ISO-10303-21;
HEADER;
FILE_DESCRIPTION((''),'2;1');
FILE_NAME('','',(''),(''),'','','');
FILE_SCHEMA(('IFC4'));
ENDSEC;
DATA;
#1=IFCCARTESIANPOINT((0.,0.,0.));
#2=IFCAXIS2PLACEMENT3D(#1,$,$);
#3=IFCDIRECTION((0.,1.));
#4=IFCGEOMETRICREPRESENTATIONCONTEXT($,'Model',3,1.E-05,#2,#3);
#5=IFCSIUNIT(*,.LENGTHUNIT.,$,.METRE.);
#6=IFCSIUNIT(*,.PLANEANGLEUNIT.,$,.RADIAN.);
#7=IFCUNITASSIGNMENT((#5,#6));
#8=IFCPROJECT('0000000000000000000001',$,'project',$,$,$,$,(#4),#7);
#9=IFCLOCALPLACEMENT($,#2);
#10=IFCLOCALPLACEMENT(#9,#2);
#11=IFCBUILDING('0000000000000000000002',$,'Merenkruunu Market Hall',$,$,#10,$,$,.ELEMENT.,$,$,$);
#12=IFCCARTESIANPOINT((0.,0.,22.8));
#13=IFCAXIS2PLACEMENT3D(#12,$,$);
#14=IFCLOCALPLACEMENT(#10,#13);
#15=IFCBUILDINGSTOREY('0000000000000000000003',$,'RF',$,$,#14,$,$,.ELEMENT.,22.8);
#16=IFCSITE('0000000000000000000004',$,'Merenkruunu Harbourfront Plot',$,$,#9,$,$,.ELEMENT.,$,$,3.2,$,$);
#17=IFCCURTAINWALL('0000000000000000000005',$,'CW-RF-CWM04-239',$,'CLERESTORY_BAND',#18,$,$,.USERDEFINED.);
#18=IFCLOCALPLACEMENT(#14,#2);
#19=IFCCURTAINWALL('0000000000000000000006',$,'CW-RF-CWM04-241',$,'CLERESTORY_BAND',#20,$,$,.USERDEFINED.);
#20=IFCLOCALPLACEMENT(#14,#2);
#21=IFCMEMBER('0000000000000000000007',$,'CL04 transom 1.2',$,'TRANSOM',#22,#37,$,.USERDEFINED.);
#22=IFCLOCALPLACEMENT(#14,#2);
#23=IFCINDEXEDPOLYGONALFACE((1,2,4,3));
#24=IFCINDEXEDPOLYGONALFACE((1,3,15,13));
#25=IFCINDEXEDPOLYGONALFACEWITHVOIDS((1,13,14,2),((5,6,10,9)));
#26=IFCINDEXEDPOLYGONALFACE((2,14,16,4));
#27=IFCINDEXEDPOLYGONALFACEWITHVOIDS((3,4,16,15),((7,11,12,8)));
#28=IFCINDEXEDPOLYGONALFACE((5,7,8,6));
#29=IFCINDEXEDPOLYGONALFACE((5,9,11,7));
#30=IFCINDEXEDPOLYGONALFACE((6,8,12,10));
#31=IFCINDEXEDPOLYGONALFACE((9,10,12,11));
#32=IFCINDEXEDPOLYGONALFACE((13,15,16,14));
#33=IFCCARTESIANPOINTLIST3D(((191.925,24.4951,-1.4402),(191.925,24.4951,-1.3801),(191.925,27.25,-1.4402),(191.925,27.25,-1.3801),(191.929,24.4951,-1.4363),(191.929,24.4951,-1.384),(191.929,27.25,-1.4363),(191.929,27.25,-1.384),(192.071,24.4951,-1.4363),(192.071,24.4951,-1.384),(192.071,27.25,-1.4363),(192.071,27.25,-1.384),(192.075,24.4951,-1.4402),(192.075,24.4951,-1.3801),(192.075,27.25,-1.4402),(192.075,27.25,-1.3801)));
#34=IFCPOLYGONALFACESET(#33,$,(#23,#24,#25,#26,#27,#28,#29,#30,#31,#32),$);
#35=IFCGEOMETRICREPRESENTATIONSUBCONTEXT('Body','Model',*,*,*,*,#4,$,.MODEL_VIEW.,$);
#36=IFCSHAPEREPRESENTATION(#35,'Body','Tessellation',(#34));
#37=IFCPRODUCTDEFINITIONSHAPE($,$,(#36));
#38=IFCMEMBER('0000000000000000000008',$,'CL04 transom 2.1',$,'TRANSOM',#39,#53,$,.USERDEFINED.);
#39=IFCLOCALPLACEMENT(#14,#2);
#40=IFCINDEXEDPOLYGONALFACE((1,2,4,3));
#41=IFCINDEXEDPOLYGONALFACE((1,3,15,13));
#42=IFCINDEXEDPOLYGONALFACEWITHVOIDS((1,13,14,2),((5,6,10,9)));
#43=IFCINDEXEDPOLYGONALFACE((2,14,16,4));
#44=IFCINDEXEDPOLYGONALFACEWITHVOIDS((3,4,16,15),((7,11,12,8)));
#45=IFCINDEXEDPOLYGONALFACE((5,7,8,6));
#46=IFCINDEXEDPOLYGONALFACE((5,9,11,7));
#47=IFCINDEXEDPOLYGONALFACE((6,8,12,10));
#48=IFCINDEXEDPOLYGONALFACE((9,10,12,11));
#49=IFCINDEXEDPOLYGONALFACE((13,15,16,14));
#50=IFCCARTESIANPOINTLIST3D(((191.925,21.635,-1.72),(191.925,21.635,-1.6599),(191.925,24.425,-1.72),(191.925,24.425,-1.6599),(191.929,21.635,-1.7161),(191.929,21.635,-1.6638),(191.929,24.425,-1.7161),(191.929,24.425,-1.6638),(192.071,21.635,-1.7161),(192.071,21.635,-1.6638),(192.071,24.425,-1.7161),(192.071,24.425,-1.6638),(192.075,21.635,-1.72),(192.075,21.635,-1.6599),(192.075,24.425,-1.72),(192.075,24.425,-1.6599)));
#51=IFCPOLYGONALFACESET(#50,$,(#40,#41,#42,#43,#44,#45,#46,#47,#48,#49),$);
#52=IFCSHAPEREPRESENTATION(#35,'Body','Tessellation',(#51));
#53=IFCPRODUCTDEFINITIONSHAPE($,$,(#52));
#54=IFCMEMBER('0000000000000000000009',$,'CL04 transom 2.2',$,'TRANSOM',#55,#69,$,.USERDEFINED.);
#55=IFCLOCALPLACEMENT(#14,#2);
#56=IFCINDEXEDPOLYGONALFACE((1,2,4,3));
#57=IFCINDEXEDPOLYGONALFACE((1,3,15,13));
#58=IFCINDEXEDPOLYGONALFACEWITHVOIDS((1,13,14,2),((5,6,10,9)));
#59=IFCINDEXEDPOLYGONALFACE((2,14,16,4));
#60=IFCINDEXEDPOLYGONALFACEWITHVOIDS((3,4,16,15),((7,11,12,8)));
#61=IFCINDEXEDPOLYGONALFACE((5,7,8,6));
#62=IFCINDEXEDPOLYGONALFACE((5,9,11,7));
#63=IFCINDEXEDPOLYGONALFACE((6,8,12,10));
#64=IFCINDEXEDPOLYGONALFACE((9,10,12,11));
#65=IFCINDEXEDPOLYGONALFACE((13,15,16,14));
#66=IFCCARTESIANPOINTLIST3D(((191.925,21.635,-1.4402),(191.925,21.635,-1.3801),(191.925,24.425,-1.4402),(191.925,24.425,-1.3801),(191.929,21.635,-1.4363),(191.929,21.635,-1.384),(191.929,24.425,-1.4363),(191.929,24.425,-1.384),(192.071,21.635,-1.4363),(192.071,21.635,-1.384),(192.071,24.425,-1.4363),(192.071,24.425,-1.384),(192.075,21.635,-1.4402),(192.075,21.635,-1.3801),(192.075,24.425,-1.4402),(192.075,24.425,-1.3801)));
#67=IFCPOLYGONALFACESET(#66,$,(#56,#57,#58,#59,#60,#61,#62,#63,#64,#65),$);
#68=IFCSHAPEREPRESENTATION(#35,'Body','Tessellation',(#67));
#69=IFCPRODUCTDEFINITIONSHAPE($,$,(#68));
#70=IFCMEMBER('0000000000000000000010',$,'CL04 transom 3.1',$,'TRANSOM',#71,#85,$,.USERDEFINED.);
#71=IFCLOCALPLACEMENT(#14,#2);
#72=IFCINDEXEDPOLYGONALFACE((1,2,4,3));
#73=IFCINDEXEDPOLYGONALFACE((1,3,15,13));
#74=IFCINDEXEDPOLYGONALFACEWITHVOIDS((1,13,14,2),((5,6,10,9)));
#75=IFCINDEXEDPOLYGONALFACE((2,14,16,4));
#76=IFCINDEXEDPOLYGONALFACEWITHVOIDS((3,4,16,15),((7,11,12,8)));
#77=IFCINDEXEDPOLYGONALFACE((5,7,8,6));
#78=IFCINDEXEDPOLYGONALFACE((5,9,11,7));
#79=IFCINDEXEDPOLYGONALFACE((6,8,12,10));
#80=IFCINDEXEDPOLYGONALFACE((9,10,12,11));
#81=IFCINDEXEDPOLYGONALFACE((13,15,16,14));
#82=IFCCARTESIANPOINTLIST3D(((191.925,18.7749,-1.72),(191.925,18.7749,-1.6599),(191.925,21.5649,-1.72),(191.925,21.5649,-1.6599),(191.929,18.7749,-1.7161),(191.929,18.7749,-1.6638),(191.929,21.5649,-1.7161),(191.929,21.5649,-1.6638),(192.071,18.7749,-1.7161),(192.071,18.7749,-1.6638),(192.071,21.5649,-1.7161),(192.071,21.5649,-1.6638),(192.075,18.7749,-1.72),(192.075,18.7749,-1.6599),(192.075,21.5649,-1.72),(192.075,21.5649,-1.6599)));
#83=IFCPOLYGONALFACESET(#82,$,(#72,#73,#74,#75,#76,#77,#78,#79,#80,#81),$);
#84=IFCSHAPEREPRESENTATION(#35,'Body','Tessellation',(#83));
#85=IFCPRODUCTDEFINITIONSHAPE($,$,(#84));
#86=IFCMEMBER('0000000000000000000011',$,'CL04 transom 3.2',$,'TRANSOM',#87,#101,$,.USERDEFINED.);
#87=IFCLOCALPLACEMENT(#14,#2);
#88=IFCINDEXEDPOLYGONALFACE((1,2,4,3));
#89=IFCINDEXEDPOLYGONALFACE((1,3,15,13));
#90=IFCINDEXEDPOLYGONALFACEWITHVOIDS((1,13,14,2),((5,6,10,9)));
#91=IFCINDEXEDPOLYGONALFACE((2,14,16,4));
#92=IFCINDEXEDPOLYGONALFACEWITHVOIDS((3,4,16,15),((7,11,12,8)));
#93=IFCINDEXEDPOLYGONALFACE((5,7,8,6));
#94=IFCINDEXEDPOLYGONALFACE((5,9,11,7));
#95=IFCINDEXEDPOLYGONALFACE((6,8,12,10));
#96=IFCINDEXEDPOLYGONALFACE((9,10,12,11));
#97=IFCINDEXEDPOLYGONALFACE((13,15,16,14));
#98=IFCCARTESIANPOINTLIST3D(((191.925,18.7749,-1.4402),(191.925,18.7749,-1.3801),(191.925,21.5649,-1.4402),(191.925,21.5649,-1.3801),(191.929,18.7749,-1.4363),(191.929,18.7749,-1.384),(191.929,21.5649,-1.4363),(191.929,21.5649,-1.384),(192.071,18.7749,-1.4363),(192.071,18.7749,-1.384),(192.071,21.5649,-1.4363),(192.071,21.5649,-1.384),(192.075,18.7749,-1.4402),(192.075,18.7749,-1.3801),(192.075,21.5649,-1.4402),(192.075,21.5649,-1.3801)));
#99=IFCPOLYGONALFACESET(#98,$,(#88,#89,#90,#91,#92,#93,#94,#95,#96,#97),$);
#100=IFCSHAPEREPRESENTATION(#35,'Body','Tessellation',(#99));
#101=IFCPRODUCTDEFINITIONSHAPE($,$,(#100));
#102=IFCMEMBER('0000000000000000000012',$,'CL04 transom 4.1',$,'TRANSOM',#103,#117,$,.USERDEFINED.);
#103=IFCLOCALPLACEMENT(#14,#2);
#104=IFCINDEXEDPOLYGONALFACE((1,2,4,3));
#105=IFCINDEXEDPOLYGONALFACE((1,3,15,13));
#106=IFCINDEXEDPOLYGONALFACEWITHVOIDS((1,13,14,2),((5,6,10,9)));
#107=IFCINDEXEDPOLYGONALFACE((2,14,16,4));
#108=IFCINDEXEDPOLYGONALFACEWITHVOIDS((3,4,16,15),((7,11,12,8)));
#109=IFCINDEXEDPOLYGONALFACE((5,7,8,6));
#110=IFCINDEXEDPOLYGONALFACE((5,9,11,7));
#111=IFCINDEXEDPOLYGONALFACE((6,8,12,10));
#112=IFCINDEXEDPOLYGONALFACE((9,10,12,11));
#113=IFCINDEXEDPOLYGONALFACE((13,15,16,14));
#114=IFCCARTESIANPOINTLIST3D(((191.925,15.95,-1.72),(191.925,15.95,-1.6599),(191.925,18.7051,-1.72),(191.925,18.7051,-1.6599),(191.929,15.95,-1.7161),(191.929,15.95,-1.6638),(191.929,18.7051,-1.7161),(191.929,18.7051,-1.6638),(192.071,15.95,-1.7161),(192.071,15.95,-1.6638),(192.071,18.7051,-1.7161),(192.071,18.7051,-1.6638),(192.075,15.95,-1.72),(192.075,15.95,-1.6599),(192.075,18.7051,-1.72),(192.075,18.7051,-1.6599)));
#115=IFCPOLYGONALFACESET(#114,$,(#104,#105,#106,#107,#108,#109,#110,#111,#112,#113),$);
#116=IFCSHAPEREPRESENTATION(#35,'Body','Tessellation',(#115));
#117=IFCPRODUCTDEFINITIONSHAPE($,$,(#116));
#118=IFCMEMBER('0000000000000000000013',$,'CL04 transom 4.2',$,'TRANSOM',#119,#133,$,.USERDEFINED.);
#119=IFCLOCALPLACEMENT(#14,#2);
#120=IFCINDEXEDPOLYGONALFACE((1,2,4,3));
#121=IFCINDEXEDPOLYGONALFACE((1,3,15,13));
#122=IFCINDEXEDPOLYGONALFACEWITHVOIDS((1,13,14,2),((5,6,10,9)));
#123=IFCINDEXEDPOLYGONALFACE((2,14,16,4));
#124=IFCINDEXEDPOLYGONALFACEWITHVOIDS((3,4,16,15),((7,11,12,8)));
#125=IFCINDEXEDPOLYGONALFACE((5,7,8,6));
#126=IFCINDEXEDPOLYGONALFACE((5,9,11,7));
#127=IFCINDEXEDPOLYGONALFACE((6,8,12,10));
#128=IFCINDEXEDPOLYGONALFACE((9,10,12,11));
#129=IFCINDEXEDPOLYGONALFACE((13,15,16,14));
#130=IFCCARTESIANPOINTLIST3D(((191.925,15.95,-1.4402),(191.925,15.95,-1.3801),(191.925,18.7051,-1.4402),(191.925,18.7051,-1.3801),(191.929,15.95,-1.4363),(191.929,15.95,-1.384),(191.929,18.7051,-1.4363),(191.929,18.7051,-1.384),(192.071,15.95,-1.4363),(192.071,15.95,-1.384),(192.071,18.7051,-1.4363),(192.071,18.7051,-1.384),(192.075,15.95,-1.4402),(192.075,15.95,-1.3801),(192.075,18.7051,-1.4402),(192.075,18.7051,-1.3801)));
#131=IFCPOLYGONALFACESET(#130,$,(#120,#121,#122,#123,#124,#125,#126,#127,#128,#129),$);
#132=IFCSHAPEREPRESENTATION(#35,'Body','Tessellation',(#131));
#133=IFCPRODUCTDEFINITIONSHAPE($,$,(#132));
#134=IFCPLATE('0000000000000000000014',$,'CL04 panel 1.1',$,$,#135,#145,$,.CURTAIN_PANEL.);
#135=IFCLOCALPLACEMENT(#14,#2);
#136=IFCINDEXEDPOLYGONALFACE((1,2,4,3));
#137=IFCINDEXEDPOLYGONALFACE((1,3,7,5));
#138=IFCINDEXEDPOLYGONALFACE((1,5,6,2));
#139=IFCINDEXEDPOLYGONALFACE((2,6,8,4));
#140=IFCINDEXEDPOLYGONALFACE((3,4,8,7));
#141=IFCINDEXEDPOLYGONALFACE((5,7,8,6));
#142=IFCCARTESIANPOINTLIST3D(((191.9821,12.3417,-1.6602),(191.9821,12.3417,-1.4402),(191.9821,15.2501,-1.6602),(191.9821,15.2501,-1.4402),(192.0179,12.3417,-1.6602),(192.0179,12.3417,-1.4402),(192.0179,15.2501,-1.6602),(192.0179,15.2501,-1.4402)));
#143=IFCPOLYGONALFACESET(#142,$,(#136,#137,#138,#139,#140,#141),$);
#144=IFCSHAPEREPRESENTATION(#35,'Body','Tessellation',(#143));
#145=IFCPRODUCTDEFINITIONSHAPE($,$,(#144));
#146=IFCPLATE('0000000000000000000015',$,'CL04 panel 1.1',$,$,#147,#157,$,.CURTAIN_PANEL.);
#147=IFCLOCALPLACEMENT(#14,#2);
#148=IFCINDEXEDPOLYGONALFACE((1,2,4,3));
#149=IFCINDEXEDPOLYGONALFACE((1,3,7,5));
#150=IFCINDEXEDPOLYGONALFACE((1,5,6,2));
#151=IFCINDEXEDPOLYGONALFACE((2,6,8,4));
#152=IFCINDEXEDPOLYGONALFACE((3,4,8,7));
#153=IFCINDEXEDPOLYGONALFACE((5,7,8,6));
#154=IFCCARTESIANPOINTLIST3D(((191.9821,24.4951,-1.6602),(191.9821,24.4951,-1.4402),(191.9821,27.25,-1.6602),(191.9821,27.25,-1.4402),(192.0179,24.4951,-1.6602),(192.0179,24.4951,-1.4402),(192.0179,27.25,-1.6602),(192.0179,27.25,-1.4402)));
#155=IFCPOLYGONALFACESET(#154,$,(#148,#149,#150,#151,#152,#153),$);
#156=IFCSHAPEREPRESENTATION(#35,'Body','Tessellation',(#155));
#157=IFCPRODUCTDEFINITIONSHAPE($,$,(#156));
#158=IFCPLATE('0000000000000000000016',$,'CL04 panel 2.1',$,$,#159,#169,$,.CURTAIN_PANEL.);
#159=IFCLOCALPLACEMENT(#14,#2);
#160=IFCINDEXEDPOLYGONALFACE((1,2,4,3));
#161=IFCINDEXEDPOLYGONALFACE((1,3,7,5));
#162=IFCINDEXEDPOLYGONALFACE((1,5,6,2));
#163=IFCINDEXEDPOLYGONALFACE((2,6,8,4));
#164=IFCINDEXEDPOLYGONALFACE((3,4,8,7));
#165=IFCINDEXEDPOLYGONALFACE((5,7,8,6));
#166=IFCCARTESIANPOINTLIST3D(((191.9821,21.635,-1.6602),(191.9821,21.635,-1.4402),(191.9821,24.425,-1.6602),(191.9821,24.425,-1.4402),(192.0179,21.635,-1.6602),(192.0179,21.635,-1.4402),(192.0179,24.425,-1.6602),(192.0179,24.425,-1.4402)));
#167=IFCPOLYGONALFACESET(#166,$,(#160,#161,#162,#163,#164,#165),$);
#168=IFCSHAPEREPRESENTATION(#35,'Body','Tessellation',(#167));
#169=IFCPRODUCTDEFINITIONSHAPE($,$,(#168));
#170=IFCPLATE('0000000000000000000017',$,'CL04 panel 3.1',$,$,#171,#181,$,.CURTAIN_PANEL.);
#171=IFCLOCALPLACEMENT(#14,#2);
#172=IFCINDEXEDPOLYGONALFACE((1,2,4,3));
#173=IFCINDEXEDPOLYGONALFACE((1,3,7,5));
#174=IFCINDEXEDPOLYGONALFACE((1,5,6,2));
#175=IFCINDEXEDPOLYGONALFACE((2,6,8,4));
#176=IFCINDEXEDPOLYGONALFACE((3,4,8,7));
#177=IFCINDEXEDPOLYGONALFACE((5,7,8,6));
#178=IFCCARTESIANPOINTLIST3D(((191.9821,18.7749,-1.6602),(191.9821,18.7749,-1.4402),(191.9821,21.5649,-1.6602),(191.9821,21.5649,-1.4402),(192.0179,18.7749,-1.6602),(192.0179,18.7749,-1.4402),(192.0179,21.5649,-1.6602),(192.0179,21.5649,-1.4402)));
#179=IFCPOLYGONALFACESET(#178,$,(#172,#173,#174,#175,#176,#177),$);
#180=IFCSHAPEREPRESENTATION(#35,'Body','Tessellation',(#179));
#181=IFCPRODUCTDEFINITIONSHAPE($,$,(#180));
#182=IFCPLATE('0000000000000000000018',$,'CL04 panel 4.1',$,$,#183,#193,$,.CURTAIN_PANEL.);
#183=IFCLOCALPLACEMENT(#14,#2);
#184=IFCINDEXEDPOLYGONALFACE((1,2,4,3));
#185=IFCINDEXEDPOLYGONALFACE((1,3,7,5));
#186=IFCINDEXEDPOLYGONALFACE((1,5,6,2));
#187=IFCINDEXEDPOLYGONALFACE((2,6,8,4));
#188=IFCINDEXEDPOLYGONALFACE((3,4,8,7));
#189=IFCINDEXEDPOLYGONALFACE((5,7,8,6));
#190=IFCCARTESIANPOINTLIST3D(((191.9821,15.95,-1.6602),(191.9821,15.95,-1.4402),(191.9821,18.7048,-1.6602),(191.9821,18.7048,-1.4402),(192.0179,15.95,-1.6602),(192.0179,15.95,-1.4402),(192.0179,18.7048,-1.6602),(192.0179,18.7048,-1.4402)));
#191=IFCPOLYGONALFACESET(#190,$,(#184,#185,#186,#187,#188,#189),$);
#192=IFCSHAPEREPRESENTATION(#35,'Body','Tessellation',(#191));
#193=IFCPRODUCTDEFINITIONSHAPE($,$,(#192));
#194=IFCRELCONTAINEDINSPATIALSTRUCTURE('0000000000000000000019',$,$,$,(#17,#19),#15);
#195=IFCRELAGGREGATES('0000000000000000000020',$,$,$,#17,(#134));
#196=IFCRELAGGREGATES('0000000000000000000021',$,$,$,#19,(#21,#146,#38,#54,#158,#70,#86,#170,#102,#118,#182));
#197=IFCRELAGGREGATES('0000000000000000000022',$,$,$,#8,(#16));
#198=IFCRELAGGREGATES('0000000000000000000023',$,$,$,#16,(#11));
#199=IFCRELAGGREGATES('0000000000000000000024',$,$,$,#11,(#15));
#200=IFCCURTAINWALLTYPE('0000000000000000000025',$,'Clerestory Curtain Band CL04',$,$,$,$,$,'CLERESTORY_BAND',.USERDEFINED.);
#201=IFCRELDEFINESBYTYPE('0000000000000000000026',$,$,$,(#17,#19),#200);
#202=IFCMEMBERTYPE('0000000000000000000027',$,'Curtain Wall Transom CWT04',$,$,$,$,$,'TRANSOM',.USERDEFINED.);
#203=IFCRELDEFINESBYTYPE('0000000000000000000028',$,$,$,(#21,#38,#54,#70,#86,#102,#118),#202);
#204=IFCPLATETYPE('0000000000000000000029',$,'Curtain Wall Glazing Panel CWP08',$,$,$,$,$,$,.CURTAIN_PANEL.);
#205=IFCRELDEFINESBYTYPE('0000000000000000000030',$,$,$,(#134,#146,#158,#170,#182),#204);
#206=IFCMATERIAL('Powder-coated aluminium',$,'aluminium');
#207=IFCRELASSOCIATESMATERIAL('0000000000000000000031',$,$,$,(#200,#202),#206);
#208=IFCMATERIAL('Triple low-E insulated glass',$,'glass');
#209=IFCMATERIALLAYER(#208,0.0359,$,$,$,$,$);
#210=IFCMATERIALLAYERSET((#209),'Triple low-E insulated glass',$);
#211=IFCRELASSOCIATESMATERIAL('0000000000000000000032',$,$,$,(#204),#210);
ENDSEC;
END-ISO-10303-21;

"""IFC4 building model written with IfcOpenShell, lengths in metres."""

from ifc_helpers import new_model, si_unit, direction, frame, origin, origin_2d, place, context, subcontext, project, spatial, rectangle, hollow_rectangle, extrude, material, layer, layer_set, material_profile, profile_set, type_object, element, aggregate, save


model = new_model("IFC4")

# Units and contexts
model_context = context("Model", 3, precision=1e-05, world=origin(), true_north=direction((0.0, 1.0)))
body_context = subcontext(model_context, "Body", "Model", "MODEL_VIEW")
ifc_project = project(units=[si_unit("LENGTHUNIT", "METRE"), si_unit("PLANEANGLEUNIT", "RADIAN")], contexts=[model_context])

# Site, building, storey
site_placement = place(None, origin())
site = spatial("IfcSite", under=ifc_project, at=site_placement, Name="Merenkruunu Harbourfront Plot", CompositionType="ELEMENT", RefElevation=3.2)
building_placement = place(site_placement, origin())
building = spatial("IfcBuilding", under=site, at=building_placement, Name="Merenkruunu Market Hall", CompositionType="ELEMENT")
storey_placement = place(building_placement, frame((0.0, 0.0, 22.8)))
storey = spatial("IfcBuildingStorey", under=building, at=storey_placement, Name="RF", CompositionType="ELEMENT", Elevation=22.8)

# Curtain walls
ifc_material_1 = material(Name="Powder-coated aluminium", Category="aluminium")
curtain_wall_type_1 = type_object("IfcCurtainWallType", Name="Clerestory Curtain Band CL04", ElementType="CLERESTORY_BAND", PredefinedType="USERDEFINED", material=ifc_material_1)
curtain_wall_1_placement = place(storey_placement, origin())
curtain_wall_1 = element("IfcCurtainWall", 1, at=curtain_wall_1_placement, inside=storey, type_object=curtain_wall_type_1, Name="CW-RF-CWM04-239", ObjectType="CLERESTORY_BAND", PredefinedType="USERDEFINED")
curtain_wall_2_placement = place(storey_placement, origin())
curtain_wall_2 = element("IfcCurtainWall", 2, at=curtain_wall_2_placement, inside=storey, type_object=curtain_wall_type_1, Name="CW-RF-CWM04-241", ObjectType="CLERESTORY_BAND", PredefinedType="USERDEFINED")

# Members
ifc_material_profile_1 = material_profile(ifc_material_1, hollow_rectangle(XDim=0.0601, YDim=0.1499, WallThickness=0.0039, at=origin_2d()), Name="ALU 60x150x4")
ifc_profile_set_1 = profile_set([ifc_material_profile_1], Name="Powder-coated aluminium")
member_type_1 = type_object("IfcMemberType", Name="Curtain Wall Transom CWT04", ElementType="TRANSOM", PredefinedType="USERDEFINED", material=ifc_profile_set_1)
member_1_placement = place(storey_placement, frame((192.0, 27.25, -1.4102), z_axis=(0.0, -1.0, 0.0), x_axis=(0.0, 0.0, 1.0)))
member_1 = element("IfcMember", 3, at=member_1_placement, type_object=member_type_1, Name="CL04 transom 1.2", ObjectType="TRANSOM", PredefinedType="USERDEFINED", context=body_context, shape_type="SweptSolid", body=[
    extrude(hollow_rectangle(XDim=0.0601, YDim=0.1499, WallThickness=0.0039, at=origin_2d()), origin(), (0.0, 0.0, 1.0), 2.7549),
])
member_2_placement = place(storey_placement, frame((192.0, 24.425, -1.6899), z_axis=(0.0, -1.0, 0.0), x_axis=(0.0, 0.0, 1.0)))
member_2 = element("IfcMember", 4, at=member_2_placement, type_object=member_type_1, Name="CL04 transom 2.1", ObjectType="TRANSOM", PredefinedType="USERDEFINED", context=body_context, shape_type="SweptSolid", body=[
    extrude(hollow_rectangle(XDim=0.0601, YDim=0.1499, WallThickness=0.0039, at=origin_2d()), origin(), (0.0, 0.0, 1.0), 2.79),
])
member_3_placement = place(storey_placement, frame((192.0, 24.425, -1.4102), z_axis=(0.0, -1.0, 0.0), x_axis=(0.0, 0.0, 1.0)))
member_3 = element("IfcMember", 5, at=member_3_placement, type_object=member_type_1, Name="CL04 transom 2.2", ObjectType="TRANSOM", PredefinedType="USERDEFINED", context=body_context, shape_type="SweptSolid", body=[
    extrude(hollow_rectangle(XDim=0.0601, YDim=0.1499, WallThickness=0.0039, at=origin_2d()), origin(), (0.0, 0.0, 1.0), 2.79),
])
member_4_placement = place(storey_placement, frame((192.0, 21.5649, -1.6899), z_axis=(0.0, -1.0, 0.0), x_axis=(0.0, 0.0, 1.0)))
member_4 = element("IfcMember", 6, at=member_4_placement, type_object=member_type_1, Name="CL04 transom 3.1", ObjectType="TRANSOM", PredefinedType="USERDEFINED", context=body_context, shape_type="SweptSolid", body=[
    extrude(hollow_rectangle(XDim=0.0601, YDim=0.1499, WallThickness=0.0039, at=origin_2d()), origin(), (0.0, 0.0, 1.0), 2.79),
])
member_5_placement = place(storey_placement, frame((192.0, 21.5649, -1.4102), z_axis=(0.0, -1.0, 0.0), x_axis=(0.0, 0.0, 1.0)))
member_5 = element("IfcMember", 7, at=member_5_placement, type_object=member_type_1, Name="CL04 transom 3.2", ObjectType="TRANSOM", PredefinedType="USERDEFINED", context=body_context, shape_type="SweptSolid", body=[
    extrude(hollow_rectangle(XDim=0.0601, YDim=0.1499, WallThickness=0.0039, at=origin_2d()), origin(), (0.0, 0.0, 1.0), 2.79),
])
member_6_placement = place(storey_placement, frame((192.0, 18.7051, -1.6899), z_axis=(0.0, -1.0, 0.0), x_axis=(0.0, 0.0, 1.0)))
member_6 = element("IfcMember", 8, at=member_6_placement, type_object=member_type_1, Name="CL04 transom 4.1", ObjectType="TRANSOM", PredefinedType="USERDEFINED", context=body_context, shape_type="SweptSolid", body=[
    extrude(hollow_rectangle(XDim=0.0601, YDim=0.1499, WallThickness=0.0039, at=origin_2d()), origin(), (0.0, 0.0, 1.0), 2.7551),
])
member_7_placement = place(storey_placement, frame((192.0, 18.7051, -1.4102), z_axis=(0.0, -1.0, 0.0), x_axis=(0.0, 0.0, 1.0)))
member_7 = element("IfcMember", 9, at=member_7_placement, type_object=member_type_1, Name="CL04 transom 4.2", ObjectType="TRANSOM", PredefinedType="USERDEFINED", context=body_context, shape_type="SweptSolid", body=[
    extrude(hollow_rectangle(XDim=0.0601, YDim=0.1499, WallThickness=0.0039, at=origin_2d()), origin(), (0.0, 0.0, 1.0), 2.7551),
])

# Plates
ifc_material_2 = material(Name="Triple low-E insulated glass", Category="glass")
ifc_layer_1 = layer(ifc_material_2, 0.0359)
ifc_layer_set_1 = layer_set([ifc_layer_1], Name="Triple low-E insulated glass")
plate_type = type_object("IfcPlateType", Name="Curtain Wall Glazing Panel CWP08", PredefinedType="CURTAIN_PANEL", material=ifc_layer_set_1)
plate_1_placement = place(storey_placement, frame((192.0, 13.7959, -1.6602), z_axis=(0.0, 0.0, 1.0), x_axis=(0.0, -1.0, 0.0)))
plate_1 = element("IfcPlate", 10, at=plate_1_placement, type_object=plate_type, Name="CL04 panel 1.1", PredefinedType="CURTAIN_PANEL", context=body_context, shape_type="SweptSolid", body=[
    extrude(rectangle(XDim=2.9084, YDim=0.0359, at=origin_2d()), origin(), (0.0, 0.0, 1.0), 0.22),
])
aggregate(curtain_wall_1, [plate_1])
plate_2_placement = place(storey_placement, frame((192.0, 25.8726, -1.6602), z_axis=(0.0, 0.0, 1.0), x_axis=(0.0, -1.0, 0.0)))
plate_2 = element("IfcPlate", 11, at=plate_2_placement, type_object=plate_type, Name="CL04 panel 1.1", PredefinedType="CURTAIN_PANEL", context=body_context, shape_type="SweptSolid", body=[
    extrude(rectangle(XDim=2.7549, YDim=0.0359, at=origin_2d()), origin(), (0.0, 0.0, 1.0), 0.22),
])
plate_3_placement = place(storey_placement, frame((192.0, 23.03, -1.6602), z_axis=(0.0, 0.0, 1.0), x_axis=(0.0, -1.0, 0.0)))
plate_3 = element("IfcPlate", 12, at=plate_3_placement, type_object=plate_type, Name="CL04 panel 2.1", PredefinedType="CURTAIN_PANEL", context=body_context, shape_type="SweptSolid", body=[
    extrude(rectangle(XDim=2.79, YDim=0.0359, at=origin_2d()), origin(), (0.0, 0.0, 1.0), 0.22),
])
plate_4_placement = place(storey_placement, frame((192.0, 20.1699, -1.6602), z_axis=(0.0, 0.0, 1.0), x_axis=(0.0, -1.0, 0.0)))
plate_4 = element("IfcPlate", 13, at=plate_4_placement, type_object=plate_type, Name="CL04 panel 3.1", PredefinedType="CURTAIN_PANEL", context=body_context, shape_type="SweptSolid", body=[
    extrude(rectangle(XDim=2.79, YDim=0.0359, at=origin_2d()), origin(), (0.0, 0.0, 1.0), 0.22),
])
plate_5_placement = place(storey_placement, frame((192.0, 17.3274, -1.6602), z_axis=(0.0, 0.0, 1.0), x_axis=(0.0, -1.0, 0.0)))
plate_5 = element("IfcPlate", 14, at=plate_5_placement, type_object=plate_type, Name="CL04 panel 4.1", PredefinedType="CURTAIN_PANEL", context=body_context, shape_type="SweptSolid", body=[
    extrude(rectangle(XDim=2.7549, YDim=0.0359, at=origin_2d()), origin(), (0.0, 0.0, 1.0), 0.22),
])
aggregate(curtain_wall_2, [member_1, plate_2, member_2, member_3, plate_3, member_4, member_5, plate_4, member_6, member_7, plate_5])

save(model, "model.ifc")
